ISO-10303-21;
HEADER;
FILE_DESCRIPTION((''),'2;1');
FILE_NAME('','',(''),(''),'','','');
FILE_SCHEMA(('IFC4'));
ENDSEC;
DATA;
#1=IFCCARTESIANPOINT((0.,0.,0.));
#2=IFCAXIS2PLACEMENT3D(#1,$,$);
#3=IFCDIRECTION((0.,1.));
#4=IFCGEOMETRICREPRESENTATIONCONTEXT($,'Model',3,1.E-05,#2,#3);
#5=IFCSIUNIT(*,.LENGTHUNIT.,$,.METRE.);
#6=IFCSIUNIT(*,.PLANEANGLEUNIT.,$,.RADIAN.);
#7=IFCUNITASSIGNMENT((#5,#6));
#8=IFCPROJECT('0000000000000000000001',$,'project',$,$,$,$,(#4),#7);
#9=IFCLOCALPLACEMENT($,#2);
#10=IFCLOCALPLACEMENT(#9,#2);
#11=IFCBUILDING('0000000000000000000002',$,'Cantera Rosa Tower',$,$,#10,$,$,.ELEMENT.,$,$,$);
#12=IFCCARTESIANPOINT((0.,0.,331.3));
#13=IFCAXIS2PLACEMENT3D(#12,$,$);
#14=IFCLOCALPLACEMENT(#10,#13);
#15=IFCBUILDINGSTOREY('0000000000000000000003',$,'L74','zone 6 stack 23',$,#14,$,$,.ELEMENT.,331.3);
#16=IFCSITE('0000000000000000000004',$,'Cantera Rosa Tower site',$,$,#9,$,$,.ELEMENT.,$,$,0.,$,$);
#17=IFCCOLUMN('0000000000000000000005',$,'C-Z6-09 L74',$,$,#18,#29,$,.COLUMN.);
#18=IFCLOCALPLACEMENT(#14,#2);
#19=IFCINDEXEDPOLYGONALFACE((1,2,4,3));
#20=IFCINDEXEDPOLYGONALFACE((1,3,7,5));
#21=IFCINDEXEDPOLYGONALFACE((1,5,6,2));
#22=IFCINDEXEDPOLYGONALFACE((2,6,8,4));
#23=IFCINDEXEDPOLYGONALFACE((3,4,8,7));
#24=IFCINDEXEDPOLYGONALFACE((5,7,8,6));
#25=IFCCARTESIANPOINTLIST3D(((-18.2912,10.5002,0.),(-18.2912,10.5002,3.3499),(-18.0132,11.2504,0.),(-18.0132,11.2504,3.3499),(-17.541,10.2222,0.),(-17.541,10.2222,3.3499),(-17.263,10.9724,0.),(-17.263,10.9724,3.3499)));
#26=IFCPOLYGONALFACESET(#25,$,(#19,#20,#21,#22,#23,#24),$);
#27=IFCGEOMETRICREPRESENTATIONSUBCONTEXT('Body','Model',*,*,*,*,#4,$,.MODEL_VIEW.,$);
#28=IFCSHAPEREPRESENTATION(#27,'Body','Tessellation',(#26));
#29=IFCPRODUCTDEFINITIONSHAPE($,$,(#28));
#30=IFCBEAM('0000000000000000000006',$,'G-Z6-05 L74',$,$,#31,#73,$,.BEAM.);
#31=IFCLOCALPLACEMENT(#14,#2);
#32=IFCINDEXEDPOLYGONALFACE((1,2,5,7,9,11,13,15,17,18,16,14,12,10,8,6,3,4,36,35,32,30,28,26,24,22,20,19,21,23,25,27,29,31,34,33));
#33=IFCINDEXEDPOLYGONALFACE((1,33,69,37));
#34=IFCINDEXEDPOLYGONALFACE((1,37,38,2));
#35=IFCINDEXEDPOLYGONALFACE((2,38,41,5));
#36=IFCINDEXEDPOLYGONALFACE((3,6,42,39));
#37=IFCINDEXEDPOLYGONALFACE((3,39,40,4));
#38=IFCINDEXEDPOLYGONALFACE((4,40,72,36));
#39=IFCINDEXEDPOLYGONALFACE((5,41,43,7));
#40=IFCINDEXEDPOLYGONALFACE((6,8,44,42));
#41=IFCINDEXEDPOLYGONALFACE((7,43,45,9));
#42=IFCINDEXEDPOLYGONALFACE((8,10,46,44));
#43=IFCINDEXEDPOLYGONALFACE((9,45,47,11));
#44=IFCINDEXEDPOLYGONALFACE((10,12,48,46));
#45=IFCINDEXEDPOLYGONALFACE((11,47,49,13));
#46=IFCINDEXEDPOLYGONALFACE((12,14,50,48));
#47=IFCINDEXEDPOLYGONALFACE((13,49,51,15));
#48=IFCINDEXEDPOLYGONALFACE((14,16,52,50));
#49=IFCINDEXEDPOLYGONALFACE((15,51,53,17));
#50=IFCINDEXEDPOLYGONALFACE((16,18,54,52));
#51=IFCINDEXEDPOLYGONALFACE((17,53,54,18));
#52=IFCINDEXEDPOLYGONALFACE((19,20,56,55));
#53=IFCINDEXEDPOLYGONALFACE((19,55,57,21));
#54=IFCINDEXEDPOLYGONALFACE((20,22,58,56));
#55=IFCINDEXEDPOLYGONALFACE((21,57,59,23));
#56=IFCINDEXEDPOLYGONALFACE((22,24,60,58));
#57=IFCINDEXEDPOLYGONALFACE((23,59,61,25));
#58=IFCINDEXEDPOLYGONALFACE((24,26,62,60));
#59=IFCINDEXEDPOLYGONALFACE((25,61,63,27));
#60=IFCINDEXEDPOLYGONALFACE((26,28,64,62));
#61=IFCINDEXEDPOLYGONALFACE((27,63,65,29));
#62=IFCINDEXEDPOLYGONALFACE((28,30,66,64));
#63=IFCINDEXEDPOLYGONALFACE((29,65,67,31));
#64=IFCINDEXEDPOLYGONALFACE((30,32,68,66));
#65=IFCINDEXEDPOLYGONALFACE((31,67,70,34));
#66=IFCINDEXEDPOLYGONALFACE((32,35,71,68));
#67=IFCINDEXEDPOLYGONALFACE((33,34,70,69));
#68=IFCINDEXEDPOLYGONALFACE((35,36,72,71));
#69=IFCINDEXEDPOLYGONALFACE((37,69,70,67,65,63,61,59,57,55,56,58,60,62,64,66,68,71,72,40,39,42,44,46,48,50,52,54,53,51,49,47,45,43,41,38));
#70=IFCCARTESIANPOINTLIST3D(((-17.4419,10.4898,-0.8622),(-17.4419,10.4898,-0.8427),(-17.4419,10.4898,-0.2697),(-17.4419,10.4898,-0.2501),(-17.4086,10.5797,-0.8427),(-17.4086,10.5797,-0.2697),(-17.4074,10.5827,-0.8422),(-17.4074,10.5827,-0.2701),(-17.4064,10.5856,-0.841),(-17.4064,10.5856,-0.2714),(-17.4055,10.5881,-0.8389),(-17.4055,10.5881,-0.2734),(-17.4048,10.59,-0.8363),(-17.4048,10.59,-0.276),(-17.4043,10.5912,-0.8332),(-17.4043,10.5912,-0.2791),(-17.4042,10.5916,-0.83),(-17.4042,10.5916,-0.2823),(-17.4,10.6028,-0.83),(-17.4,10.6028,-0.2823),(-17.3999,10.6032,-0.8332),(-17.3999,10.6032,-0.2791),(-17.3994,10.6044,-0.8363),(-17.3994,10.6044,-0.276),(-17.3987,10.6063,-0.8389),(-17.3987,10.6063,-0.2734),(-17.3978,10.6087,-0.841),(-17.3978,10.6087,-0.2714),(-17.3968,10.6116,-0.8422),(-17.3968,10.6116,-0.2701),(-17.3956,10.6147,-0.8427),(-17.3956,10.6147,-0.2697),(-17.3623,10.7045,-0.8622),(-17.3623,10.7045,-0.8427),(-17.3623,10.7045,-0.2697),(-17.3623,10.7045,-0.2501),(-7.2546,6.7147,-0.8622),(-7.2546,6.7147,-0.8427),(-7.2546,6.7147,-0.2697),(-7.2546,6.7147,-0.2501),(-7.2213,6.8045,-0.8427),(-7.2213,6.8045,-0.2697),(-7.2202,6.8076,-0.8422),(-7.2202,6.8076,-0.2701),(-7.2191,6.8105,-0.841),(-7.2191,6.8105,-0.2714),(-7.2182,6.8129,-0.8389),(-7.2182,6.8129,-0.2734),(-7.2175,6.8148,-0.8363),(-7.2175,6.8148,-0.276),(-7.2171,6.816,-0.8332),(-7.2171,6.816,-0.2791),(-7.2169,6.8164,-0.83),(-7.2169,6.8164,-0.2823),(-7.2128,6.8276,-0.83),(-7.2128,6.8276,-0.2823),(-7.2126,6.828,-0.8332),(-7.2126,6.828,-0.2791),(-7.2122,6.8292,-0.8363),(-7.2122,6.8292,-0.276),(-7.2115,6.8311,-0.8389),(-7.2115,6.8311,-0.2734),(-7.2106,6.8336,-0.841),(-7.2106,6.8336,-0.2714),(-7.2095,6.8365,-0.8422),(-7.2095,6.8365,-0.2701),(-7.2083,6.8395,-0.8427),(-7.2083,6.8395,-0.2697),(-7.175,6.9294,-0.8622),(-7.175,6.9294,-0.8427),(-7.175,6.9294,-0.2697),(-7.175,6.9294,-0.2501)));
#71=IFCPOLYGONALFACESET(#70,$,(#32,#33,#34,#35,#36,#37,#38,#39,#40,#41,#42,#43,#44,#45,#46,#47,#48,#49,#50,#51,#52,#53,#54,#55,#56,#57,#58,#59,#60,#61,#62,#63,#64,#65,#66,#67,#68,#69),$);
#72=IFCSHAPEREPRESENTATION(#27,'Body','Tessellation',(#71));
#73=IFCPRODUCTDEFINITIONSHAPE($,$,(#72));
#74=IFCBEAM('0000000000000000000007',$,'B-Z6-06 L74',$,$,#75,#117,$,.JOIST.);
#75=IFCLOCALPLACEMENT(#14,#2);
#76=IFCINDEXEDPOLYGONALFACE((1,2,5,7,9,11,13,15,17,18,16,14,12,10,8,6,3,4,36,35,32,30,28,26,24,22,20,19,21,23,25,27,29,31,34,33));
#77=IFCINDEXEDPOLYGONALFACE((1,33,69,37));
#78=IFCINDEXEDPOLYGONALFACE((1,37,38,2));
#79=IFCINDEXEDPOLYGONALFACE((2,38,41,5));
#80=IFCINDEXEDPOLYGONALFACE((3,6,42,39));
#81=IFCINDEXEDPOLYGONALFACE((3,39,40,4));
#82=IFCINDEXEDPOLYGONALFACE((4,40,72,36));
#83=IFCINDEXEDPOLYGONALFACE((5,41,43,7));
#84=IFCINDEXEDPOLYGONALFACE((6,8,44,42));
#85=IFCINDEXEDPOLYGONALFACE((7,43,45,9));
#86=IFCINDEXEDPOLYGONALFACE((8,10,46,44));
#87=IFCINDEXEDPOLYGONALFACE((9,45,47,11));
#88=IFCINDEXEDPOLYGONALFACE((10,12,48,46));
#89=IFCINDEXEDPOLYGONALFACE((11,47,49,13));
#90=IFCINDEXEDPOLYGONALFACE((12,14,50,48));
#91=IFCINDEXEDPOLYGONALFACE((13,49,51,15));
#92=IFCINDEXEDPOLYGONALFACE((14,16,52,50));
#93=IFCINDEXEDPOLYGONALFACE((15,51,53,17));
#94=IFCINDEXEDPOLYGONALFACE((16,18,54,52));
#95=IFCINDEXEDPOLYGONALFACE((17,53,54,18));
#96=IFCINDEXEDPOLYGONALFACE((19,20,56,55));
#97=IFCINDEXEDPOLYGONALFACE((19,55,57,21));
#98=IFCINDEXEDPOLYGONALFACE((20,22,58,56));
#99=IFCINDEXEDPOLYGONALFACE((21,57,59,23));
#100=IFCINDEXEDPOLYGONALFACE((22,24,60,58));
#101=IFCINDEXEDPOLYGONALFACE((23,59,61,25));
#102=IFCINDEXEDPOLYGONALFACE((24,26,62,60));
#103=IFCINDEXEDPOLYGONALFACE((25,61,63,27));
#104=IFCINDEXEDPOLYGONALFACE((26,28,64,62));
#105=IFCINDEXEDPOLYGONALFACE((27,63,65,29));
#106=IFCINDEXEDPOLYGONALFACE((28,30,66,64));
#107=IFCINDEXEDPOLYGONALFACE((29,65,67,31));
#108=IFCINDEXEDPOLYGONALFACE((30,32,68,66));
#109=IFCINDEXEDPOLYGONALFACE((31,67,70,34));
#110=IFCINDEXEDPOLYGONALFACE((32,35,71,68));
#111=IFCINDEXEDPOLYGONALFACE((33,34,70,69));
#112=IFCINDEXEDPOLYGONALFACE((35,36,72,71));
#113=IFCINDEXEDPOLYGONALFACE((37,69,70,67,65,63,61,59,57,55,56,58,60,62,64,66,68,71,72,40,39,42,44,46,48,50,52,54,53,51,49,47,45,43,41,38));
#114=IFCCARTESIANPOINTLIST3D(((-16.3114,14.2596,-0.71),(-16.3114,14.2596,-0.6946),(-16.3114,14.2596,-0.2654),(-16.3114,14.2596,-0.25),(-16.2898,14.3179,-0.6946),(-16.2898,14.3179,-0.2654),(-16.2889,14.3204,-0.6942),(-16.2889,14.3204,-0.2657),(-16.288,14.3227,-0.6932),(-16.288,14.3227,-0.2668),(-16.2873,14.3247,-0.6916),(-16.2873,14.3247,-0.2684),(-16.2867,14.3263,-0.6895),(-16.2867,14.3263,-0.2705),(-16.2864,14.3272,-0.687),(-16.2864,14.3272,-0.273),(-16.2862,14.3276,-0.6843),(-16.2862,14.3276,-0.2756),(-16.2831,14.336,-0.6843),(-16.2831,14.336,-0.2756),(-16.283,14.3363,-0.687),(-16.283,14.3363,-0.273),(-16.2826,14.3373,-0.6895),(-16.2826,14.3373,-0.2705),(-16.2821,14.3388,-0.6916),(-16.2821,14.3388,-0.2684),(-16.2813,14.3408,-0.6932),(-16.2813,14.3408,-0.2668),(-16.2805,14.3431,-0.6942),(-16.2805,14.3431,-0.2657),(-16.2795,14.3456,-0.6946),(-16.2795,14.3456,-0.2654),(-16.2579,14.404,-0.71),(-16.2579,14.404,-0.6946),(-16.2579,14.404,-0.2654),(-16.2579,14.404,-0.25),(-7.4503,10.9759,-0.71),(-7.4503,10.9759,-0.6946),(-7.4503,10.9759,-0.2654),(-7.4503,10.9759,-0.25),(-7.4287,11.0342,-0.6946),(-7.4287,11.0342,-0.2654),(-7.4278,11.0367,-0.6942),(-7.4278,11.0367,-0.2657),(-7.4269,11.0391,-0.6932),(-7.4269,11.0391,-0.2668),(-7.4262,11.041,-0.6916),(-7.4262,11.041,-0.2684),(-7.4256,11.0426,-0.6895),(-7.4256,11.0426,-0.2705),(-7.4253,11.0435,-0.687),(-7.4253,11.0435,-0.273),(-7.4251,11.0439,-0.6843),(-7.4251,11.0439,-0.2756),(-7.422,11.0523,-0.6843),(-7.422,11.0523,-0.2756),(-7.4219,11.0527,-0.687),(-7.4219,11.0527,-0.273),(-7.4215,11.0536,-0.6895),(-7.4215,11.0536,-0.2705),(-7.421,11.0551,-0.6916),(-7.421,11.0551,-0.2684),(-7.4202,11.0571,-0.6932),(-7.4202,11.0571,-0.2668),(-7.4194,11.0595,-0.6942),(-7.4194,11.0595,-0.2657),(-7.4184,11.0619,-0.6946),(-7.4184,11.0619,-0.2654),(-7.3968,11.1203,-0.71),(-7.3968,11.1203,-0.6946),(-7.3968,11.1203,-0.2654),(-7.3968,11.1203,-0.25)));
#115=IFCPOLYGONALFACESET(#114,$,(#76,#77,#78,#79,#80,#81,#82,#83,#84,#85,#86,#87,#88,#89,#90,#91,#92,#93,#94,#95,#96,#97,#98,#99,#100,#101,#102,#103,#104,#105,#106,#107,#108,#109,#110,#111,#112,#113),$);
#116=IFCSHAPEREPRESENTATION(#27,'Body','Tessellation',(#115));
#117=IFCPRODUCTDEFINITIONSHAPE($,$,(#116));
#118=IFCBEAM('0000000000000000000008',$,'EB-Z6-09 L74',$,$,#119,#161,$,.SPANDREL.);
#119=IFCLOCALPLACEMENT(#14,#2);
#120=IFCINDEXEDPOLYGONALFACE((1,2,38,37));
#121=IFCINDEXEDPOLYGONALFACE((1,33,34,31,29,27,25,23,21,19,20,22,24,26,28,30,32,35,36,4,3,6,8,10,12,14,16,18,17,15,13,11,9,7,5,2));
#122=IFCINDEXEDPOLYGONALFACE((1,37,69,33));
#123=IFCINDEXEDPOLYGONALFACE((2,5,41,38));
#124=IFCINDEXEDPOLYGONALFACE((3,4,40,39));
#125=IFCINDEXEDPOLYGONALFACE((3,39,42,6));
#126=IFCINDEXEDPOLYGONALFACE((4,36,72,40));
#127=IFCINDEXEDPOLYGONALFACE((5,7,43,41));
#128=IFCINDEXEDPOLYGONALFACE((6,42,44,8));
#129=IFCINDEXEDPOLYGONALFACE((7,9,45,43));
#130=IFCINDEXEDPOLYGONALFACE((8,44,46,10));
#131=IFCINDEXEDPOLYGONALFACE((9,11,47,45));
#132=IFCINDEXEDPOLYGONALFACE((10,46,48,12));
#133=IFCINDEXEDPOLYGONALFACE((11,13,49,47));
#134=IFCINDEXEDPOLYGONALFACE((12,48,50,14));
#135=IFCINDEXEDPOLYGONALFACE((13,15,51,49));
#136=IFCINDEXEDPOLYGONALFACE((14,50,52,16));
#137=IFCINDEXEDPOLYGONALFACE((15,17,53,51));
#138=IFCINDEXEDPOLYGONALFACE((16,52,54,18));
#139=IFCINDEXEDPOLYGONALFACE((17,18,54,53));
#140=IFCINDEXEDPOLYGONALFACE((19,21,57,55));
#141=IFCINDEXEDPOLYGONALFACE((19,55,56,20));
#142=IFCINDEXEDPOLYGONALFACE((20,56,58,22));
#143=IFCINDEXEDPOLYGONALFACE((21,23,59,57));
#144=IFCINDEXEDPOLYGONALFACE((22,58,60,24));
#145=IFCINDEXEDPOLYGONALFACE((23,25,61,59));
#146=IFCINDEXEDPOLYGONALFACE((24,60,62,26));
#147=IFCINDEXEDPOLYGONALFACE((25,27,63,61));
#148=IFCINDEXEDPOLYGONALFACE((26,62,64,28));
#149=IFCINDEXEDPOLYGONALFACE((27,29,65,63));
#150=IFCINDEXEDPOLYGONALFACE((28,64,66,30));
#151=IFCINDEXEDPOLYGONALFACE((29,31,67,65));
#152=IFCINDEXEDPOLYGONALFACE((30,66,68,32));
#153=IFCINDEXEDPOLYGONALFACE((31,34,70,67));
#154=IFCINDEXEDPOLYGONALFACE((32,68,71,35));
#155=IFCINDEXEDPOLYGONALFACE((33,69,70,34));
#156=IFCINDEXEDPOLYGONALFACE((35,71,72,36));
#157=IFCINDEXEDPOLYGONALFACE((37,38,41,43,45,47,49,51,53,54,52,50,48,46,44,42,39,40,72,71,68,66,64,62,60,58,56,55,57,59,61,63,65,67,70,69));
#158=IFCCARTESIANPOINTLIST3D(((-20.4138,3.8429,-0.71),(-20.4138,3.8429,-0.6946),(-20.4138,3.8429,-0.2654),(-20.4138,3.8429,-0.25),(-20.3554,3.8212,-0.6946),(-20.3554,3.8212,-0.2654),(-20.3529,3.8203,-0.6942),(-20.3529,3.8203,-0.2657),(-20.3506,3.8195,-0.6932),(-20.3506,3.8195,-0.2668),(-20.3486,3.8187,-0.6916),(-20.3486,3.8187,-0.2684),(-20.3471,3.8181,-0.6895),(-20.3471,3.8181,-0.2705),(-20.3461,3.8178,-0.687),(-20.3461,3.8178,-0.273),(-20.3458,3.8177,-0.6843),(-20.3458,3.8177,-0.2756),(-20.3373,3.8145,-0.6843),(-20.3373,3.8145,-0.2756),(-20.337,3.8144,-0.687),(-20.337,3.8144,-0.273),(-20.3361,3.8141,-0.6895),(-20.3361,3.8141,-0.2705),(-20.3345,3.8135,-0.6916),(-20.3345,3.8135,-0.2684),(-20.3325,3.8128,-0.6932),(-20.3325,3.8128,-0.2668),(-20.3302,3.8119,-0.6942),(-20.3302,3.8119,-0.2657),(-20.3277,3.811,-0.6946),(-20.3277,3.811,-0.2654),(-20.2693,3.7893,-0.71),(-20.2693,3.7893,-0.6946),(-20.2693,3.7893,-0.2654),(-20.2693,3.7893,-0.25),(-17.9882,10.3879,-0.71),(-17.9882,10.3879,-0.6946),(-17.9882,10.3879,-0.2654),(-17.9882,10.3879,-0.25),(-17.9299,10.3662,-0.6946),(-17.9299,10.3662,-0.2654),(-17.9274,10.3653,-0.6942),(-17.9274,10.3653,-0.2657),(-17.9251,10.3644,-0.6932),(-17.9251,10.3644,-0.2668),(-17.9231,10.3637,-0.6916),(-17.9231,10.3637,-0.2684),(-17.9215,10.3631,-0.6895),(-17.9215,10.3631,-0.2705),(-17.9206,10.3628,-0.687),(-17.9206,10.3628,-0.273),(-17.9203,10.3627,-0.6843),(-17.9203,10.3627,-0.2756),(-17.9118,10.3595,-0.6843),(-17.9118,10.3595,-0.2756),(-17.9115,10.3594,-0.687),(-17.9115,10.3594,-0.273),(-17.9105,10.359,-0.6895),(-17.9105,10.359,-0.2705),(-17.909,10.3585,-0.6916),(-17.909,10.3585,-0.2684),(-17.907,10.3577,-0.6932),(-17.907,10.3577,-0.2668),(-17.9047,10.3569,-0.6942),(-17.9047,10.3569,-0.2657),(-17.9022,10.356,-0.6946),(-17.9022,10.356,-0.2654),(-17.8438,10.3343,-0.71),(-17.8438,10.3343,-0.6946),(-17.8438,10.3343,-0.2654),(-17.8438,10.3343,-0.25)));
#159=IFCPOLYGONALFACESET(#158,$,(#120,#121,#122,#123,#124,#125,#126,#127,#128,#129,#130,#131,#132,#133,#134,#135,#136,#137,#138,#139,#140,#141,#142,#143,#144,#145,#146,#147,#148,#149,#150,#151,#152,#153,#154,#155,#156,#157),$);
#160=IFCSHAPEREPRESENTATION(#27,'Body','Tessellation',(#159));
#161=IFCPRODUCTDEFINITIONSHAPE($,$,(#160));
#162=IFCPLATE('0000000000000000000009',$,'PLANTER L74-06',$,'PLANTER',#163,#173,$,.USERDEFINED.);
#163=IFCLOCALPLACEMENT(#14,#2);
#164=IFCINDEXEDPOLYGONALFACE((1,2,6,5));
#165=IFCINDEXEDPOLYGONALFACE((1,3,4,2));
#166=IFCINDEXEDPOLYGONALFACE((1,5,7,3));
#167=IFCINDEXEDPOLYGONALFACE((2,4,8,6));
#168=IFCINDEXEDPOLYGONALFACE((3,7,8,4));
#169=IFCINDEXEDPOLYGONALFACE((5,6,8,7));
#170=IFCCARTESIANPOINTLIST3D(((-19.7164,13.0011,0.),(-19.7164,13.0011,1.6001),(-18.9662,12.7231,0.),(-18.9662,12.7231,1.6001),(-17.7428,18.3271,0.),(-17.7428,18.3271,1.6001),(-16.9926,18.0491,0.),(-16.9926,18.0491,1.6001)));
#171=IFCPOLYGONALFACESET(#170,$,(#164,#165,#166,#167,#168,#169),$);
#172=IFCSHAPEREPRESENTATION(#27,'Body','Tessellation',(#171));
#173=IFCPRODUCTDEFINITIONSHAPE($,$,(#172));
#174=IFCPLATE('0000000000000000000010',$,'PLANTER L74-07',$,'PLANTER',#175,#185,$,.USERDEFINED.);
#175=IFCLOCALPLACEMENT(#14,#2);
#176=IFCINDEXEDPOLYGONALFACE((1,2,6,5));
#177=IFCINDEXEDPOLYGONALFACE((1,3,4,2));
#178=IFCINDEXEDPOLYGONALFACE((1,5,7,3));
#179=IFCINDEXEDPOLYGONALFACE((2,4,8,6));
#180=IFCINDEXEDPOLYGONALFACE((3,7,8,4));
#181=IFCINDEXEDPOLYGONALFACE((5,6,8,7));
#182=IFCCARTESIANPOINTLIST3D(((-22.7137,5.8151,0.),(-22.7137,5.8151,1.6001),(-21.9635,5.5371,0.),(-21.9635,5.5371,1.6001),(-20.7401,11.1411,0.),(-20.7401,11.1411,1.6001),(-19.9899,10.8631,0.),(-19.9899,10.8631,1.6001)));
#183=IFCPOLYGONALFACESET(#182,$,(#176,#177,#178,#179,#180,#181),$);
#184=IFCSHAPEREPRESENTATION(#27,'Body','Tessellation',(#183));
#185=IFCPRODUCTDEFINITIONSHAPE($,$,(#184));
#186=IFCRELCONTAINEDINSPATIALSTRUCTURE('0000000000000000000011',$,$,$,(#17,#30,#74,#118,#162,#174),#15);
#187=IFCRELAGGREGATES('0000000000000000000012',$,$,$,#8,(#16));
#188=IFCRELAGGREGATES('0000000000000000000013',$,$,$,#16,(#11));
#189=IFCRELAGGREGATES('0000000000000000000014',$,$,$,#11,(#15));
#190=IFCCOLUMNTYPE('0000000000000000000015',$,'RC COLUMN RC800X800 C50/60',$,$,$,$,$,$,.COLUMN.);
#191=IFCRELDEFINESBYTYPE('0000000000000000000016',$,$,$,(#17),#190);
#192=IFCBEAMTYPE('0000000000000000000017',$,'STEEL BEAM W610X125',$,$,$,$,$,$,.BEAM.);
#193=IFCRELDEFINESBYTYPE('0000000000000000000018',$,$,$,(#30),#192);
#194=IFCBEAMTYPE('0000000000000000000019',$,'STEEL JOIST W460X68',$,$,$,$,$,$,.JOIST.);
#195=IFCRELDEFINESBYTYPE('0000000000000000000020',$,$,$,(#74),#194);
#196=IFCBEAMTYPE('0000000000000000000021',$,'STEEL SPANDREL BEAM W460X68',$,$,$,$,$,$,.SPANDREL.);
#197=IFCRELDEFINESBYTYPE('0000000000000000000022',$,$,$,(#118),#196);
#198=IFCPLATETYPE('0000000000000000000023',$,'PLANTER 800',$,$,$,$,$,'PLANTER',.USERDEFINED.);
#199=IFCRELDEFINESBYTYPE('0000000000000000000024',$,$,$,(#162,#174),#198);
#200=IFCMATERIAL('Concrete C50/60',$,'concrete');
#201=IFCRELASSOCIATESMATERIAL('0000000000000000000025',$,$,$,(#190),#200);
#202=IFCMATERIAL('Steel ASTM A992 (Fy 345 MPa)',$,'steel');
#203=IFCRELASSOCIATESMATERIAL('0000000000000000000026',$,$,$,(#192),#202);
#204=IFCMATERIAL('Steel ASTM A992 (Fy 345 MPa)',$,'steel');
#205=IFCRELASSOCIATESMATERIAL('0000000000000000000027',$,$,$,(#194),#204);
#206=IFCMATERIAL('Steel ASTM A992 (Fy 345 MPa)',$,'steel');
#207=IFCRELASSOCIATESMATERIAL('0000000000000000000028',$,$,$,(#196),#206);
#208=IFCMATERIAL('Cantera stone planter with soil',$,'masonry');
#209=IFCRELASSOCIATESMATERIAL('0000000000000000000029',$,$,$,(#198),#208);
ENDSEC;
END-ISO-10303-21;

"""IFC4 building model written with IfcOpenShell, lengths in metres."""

from ifc_helpers import new_model, si_unit, direction, frame, origin, origin_2d, place, context, subcontext, project, spatial, rectangle, i_section, extrude, material, material_profile, profile_set, type_object, element, save


model = new_model("IFC4")

# Units and contexts
model_context = context("Model", 3, precision=1e-05, world=origin(), true_north=direction((0.0, 1.0)))
body_context = subcontext(model_context, "Body", "Model", "MODEL_VIEW")
ifc_project = project(units=[si_unit("LENGTHUNIT", "METRE"), si_unit("PLANEANGLEUNIT", "RADIAN")], contexts=[model_context])

# Site, building, storey
site_placement = place(None, origin())
site = spatial("IfcSite", under=ifc_project, at=site_placement, Name="Cantera Rosa Tower site", CompositionType="ELEMENT", RefElevation=0.0)
building_placement = place(site_placement, origin())
building = spatial("IfcBuilding", under=site, at=building_placement, Name="Cantera Rosa Tower", CompositionType="ELEMENT")
storey_placement = place(building_placement, frame((0.0, 0.0, 331.3)))
storey = spatial("IfcBuildingStorey", under=building, at=storey_placement, Name="L74", Description="zone 6 stack 23", CompositionType="ELEMENT", Elevation=331.3)

# Column
ifc_material_1 = material(Name="Concrete C50/60", Category="concrete")
ifc_material_profile_1 = material_profile(ifc_material_1, rectangle(XDim=0.8, YDim=0.8, at=origin_2d()), Name="RC COLUMN RC800X800 C50/60")
ifc_profile_set_1 = profile_set([ifc_material_profile_1], Name="Concrete C50/60")
column_type = type_object("IfcColumnType", Name="RC COLUMN RC800X800 C50/60", PredefinedType="COLUMN", material=ifc_profile_set_1)
column_placement = place(storey_placement, frame((-17.7771, 10.7363, 0.0), z_axis=(0.0, 0.0, 1.0), x_axis=(0.347481, 0.937687, 0.0)))
element("IfcColumn", 1, at=column_placement, inside=storey, type_object=column_type, Name="C-Z6-09 L74", PredefinedType="COLUMN", context=body_context, shape_type="SweptSolid", body=[
    extrude(rectangle(XDim=0.8, YDim=0.8, at=origin_2d()), origin(), (0.0, 0.0, 1.0), 3.3499),
])

# Beams
ifc_material_2 = material(Name="Steel ASTM A992 (Fy 345 MPa)", Category="steel")
ifc_material_profile_2 = material_profile(ifc_material_2, i_section(OverallWidth=0.229, OverallDepth=0.6121, WebThickness=0.012, FlangeThickness=0.0195, FilletRadius=0.0127, at=origin_2d()), Name="W610X125")
ifc_profile_set_2 = profile_set([ifc_material_profile_2], Name="Steel ASTM A992 (Fy 345 MPa)")
beam_type_1 = type_object("IfcBeamType", Name="STEEL BEAM W610X125", PredefinedType="BEAM", material=ifc_profile_set_2)
beam_1_placement = place(storey_placement, frame((-17.4021, 10.5972, -0.5562), z_axis=(0.937686, -0.347483, 0.0), x_axis=(0.347483, 0.937686, 0.0)))
element("IfcBeam", 2, at=beam_1_placement, inside=storey, type_object=beam_type_1, Name="G-Z6-05 L74", PredefinedType="BEAM", context=body_context, shape_type="SweptSolid", body=[
    extrude(i_section(OverallWidth=0.229, OverallDepth=0.6121, WebThickness=0.012, FlangeThickness=0.0195, FilletRadius=0.0127, at=origin_2d()), origin(), (0.0, 0.0, 1.0), 10.8643),
])
ifc_material_3 = material(Name="Steel ASTM A992 (Fy 345 MPa)", Category="steel")
ifc_material_profile_3 = material_profile(ifc_material_3, i_section(OverallWidth=0.1541, OverallDepth=0.46, WebThickness=0.009, FlangeThickness=0.0154, FilletRadius=0.0103, at=origin_2d()), Name="W460X68")
ifc_profile_set_3 = profile_set([ifc_material_profile_3], Name="Steel ASTM A992 (Fy 345 MPa)")
beam_type_2 = type_object("IfcBeamType", Name="STEEL JOIST W460X68", PredefinedType="JOIST", material=ifc_profile_set_3)
beam_2_placement = place(storey_placement, frame((-16.2847, 14.3318, -0.48), z_axis=(0.937686, -0.347483, 0.0), x_axis=(0.347483, 0.937686, 0.0)))
element("IfcBeam", 3, at=beam_2_placement, inside=storey, type_object=beam_type_2, Name="B-Z6-06 L74", PredefinedType="JOIST", context=body_context, shape_type="SweptSolid", body=[
    extrude(i_section(OverallWidth=0.1541, OverallDepth=0.46, WebThickness=0.009, FlangeThickness=0.0154, FilletRadius=0.0103, at=origin_2d()), origin(), (0.0, 0.0, 1.0), 9.45),
])
ifc_material_4 = material(Name="Steel ASTM A992 (Fy 345 MPa)", Category="steel")
ifc_material_profile_4 = material_profile(ifc_material_4, i_section(OverallWidth=0.1541, OverallDepth=0.46, WebThickness=0.009, FlangeThickness=0.0154, FilletRadius=0.0103, at=origin_2d()), Name="W460X68")
ifc_profile_set_4 = profile_set([ifc_material_profile_4], Name="Steel ASTM A992 (Fy 345 MPa)")
beam_type_3 = type_object("IfcBeamType", Name="STEEL SPANDREL BEAM W460X68", PredefinedType="SPANDREL", material=ifc_profile_set_4)
beam_3_placement = place(storey_placement, frame((-17.916, 10.3611, -0.48), z_axis=(-0.347502, -0.937679, 0.0), x_axis=(0.937679, -0.347502, 0.0)))
element("IfcBeam", 4, at=beam_3_placement, inside=storey, type_object=beam_type_3, Name="EB-Z6-09 L74", PredefinedType="SPANDREL", context=body_context, shape_type="SweptSolid", body=[
    extrude(i_section(OverallWidth=0.1541, OverallDepth=0.46, WebThickness=0.009, FlangeThickness=0.0154, FilletRadius=0.0103, at=origin_2d()), origin(), (0.0, 0.0, 1.0), 6.98),
])

# Plates
ifc_material_5 = material(Name="Cantera stone planter with soil", Category="masonry")
plate_type = type_object("IfcPlateType", Name="PLANTER 800", ElementType="PLANTER", PredefinedType="USERDEFINED", material=ifc_material_5)
for number, where, z_axis, x_axis, name in (
    (5, (-18.3545, 15.5251, 0.0), (0.0, 0.0, 1.0), (-0.347481, -0.937687, 0.0), "PLANTER L74-06"),
    (6, (-21.3518, 8.3391, 0.0), (0.0, 0.0, 1.0), (-0.347481, -0.937687, 0.0), "PLANTER L74-07"),
):
    element("IfcPlate", number, at=place(storey_placement, frame(where, z_axis=z_axis, x_axis=x_axis)), inside=storey, type_object=plate_type, Name=name, ObjectType="PLANTER", PredefinedType="USERDEFINED", context=body_context, shape_type="SweptSolid", body=[
        extrude(rectangle(XDim=5.6799, YDim=0.8, at=origin_2d()), origin(), (0.0, 0.0, 1.0), 1.6001),
    ])

save(model, "model.ifc")
